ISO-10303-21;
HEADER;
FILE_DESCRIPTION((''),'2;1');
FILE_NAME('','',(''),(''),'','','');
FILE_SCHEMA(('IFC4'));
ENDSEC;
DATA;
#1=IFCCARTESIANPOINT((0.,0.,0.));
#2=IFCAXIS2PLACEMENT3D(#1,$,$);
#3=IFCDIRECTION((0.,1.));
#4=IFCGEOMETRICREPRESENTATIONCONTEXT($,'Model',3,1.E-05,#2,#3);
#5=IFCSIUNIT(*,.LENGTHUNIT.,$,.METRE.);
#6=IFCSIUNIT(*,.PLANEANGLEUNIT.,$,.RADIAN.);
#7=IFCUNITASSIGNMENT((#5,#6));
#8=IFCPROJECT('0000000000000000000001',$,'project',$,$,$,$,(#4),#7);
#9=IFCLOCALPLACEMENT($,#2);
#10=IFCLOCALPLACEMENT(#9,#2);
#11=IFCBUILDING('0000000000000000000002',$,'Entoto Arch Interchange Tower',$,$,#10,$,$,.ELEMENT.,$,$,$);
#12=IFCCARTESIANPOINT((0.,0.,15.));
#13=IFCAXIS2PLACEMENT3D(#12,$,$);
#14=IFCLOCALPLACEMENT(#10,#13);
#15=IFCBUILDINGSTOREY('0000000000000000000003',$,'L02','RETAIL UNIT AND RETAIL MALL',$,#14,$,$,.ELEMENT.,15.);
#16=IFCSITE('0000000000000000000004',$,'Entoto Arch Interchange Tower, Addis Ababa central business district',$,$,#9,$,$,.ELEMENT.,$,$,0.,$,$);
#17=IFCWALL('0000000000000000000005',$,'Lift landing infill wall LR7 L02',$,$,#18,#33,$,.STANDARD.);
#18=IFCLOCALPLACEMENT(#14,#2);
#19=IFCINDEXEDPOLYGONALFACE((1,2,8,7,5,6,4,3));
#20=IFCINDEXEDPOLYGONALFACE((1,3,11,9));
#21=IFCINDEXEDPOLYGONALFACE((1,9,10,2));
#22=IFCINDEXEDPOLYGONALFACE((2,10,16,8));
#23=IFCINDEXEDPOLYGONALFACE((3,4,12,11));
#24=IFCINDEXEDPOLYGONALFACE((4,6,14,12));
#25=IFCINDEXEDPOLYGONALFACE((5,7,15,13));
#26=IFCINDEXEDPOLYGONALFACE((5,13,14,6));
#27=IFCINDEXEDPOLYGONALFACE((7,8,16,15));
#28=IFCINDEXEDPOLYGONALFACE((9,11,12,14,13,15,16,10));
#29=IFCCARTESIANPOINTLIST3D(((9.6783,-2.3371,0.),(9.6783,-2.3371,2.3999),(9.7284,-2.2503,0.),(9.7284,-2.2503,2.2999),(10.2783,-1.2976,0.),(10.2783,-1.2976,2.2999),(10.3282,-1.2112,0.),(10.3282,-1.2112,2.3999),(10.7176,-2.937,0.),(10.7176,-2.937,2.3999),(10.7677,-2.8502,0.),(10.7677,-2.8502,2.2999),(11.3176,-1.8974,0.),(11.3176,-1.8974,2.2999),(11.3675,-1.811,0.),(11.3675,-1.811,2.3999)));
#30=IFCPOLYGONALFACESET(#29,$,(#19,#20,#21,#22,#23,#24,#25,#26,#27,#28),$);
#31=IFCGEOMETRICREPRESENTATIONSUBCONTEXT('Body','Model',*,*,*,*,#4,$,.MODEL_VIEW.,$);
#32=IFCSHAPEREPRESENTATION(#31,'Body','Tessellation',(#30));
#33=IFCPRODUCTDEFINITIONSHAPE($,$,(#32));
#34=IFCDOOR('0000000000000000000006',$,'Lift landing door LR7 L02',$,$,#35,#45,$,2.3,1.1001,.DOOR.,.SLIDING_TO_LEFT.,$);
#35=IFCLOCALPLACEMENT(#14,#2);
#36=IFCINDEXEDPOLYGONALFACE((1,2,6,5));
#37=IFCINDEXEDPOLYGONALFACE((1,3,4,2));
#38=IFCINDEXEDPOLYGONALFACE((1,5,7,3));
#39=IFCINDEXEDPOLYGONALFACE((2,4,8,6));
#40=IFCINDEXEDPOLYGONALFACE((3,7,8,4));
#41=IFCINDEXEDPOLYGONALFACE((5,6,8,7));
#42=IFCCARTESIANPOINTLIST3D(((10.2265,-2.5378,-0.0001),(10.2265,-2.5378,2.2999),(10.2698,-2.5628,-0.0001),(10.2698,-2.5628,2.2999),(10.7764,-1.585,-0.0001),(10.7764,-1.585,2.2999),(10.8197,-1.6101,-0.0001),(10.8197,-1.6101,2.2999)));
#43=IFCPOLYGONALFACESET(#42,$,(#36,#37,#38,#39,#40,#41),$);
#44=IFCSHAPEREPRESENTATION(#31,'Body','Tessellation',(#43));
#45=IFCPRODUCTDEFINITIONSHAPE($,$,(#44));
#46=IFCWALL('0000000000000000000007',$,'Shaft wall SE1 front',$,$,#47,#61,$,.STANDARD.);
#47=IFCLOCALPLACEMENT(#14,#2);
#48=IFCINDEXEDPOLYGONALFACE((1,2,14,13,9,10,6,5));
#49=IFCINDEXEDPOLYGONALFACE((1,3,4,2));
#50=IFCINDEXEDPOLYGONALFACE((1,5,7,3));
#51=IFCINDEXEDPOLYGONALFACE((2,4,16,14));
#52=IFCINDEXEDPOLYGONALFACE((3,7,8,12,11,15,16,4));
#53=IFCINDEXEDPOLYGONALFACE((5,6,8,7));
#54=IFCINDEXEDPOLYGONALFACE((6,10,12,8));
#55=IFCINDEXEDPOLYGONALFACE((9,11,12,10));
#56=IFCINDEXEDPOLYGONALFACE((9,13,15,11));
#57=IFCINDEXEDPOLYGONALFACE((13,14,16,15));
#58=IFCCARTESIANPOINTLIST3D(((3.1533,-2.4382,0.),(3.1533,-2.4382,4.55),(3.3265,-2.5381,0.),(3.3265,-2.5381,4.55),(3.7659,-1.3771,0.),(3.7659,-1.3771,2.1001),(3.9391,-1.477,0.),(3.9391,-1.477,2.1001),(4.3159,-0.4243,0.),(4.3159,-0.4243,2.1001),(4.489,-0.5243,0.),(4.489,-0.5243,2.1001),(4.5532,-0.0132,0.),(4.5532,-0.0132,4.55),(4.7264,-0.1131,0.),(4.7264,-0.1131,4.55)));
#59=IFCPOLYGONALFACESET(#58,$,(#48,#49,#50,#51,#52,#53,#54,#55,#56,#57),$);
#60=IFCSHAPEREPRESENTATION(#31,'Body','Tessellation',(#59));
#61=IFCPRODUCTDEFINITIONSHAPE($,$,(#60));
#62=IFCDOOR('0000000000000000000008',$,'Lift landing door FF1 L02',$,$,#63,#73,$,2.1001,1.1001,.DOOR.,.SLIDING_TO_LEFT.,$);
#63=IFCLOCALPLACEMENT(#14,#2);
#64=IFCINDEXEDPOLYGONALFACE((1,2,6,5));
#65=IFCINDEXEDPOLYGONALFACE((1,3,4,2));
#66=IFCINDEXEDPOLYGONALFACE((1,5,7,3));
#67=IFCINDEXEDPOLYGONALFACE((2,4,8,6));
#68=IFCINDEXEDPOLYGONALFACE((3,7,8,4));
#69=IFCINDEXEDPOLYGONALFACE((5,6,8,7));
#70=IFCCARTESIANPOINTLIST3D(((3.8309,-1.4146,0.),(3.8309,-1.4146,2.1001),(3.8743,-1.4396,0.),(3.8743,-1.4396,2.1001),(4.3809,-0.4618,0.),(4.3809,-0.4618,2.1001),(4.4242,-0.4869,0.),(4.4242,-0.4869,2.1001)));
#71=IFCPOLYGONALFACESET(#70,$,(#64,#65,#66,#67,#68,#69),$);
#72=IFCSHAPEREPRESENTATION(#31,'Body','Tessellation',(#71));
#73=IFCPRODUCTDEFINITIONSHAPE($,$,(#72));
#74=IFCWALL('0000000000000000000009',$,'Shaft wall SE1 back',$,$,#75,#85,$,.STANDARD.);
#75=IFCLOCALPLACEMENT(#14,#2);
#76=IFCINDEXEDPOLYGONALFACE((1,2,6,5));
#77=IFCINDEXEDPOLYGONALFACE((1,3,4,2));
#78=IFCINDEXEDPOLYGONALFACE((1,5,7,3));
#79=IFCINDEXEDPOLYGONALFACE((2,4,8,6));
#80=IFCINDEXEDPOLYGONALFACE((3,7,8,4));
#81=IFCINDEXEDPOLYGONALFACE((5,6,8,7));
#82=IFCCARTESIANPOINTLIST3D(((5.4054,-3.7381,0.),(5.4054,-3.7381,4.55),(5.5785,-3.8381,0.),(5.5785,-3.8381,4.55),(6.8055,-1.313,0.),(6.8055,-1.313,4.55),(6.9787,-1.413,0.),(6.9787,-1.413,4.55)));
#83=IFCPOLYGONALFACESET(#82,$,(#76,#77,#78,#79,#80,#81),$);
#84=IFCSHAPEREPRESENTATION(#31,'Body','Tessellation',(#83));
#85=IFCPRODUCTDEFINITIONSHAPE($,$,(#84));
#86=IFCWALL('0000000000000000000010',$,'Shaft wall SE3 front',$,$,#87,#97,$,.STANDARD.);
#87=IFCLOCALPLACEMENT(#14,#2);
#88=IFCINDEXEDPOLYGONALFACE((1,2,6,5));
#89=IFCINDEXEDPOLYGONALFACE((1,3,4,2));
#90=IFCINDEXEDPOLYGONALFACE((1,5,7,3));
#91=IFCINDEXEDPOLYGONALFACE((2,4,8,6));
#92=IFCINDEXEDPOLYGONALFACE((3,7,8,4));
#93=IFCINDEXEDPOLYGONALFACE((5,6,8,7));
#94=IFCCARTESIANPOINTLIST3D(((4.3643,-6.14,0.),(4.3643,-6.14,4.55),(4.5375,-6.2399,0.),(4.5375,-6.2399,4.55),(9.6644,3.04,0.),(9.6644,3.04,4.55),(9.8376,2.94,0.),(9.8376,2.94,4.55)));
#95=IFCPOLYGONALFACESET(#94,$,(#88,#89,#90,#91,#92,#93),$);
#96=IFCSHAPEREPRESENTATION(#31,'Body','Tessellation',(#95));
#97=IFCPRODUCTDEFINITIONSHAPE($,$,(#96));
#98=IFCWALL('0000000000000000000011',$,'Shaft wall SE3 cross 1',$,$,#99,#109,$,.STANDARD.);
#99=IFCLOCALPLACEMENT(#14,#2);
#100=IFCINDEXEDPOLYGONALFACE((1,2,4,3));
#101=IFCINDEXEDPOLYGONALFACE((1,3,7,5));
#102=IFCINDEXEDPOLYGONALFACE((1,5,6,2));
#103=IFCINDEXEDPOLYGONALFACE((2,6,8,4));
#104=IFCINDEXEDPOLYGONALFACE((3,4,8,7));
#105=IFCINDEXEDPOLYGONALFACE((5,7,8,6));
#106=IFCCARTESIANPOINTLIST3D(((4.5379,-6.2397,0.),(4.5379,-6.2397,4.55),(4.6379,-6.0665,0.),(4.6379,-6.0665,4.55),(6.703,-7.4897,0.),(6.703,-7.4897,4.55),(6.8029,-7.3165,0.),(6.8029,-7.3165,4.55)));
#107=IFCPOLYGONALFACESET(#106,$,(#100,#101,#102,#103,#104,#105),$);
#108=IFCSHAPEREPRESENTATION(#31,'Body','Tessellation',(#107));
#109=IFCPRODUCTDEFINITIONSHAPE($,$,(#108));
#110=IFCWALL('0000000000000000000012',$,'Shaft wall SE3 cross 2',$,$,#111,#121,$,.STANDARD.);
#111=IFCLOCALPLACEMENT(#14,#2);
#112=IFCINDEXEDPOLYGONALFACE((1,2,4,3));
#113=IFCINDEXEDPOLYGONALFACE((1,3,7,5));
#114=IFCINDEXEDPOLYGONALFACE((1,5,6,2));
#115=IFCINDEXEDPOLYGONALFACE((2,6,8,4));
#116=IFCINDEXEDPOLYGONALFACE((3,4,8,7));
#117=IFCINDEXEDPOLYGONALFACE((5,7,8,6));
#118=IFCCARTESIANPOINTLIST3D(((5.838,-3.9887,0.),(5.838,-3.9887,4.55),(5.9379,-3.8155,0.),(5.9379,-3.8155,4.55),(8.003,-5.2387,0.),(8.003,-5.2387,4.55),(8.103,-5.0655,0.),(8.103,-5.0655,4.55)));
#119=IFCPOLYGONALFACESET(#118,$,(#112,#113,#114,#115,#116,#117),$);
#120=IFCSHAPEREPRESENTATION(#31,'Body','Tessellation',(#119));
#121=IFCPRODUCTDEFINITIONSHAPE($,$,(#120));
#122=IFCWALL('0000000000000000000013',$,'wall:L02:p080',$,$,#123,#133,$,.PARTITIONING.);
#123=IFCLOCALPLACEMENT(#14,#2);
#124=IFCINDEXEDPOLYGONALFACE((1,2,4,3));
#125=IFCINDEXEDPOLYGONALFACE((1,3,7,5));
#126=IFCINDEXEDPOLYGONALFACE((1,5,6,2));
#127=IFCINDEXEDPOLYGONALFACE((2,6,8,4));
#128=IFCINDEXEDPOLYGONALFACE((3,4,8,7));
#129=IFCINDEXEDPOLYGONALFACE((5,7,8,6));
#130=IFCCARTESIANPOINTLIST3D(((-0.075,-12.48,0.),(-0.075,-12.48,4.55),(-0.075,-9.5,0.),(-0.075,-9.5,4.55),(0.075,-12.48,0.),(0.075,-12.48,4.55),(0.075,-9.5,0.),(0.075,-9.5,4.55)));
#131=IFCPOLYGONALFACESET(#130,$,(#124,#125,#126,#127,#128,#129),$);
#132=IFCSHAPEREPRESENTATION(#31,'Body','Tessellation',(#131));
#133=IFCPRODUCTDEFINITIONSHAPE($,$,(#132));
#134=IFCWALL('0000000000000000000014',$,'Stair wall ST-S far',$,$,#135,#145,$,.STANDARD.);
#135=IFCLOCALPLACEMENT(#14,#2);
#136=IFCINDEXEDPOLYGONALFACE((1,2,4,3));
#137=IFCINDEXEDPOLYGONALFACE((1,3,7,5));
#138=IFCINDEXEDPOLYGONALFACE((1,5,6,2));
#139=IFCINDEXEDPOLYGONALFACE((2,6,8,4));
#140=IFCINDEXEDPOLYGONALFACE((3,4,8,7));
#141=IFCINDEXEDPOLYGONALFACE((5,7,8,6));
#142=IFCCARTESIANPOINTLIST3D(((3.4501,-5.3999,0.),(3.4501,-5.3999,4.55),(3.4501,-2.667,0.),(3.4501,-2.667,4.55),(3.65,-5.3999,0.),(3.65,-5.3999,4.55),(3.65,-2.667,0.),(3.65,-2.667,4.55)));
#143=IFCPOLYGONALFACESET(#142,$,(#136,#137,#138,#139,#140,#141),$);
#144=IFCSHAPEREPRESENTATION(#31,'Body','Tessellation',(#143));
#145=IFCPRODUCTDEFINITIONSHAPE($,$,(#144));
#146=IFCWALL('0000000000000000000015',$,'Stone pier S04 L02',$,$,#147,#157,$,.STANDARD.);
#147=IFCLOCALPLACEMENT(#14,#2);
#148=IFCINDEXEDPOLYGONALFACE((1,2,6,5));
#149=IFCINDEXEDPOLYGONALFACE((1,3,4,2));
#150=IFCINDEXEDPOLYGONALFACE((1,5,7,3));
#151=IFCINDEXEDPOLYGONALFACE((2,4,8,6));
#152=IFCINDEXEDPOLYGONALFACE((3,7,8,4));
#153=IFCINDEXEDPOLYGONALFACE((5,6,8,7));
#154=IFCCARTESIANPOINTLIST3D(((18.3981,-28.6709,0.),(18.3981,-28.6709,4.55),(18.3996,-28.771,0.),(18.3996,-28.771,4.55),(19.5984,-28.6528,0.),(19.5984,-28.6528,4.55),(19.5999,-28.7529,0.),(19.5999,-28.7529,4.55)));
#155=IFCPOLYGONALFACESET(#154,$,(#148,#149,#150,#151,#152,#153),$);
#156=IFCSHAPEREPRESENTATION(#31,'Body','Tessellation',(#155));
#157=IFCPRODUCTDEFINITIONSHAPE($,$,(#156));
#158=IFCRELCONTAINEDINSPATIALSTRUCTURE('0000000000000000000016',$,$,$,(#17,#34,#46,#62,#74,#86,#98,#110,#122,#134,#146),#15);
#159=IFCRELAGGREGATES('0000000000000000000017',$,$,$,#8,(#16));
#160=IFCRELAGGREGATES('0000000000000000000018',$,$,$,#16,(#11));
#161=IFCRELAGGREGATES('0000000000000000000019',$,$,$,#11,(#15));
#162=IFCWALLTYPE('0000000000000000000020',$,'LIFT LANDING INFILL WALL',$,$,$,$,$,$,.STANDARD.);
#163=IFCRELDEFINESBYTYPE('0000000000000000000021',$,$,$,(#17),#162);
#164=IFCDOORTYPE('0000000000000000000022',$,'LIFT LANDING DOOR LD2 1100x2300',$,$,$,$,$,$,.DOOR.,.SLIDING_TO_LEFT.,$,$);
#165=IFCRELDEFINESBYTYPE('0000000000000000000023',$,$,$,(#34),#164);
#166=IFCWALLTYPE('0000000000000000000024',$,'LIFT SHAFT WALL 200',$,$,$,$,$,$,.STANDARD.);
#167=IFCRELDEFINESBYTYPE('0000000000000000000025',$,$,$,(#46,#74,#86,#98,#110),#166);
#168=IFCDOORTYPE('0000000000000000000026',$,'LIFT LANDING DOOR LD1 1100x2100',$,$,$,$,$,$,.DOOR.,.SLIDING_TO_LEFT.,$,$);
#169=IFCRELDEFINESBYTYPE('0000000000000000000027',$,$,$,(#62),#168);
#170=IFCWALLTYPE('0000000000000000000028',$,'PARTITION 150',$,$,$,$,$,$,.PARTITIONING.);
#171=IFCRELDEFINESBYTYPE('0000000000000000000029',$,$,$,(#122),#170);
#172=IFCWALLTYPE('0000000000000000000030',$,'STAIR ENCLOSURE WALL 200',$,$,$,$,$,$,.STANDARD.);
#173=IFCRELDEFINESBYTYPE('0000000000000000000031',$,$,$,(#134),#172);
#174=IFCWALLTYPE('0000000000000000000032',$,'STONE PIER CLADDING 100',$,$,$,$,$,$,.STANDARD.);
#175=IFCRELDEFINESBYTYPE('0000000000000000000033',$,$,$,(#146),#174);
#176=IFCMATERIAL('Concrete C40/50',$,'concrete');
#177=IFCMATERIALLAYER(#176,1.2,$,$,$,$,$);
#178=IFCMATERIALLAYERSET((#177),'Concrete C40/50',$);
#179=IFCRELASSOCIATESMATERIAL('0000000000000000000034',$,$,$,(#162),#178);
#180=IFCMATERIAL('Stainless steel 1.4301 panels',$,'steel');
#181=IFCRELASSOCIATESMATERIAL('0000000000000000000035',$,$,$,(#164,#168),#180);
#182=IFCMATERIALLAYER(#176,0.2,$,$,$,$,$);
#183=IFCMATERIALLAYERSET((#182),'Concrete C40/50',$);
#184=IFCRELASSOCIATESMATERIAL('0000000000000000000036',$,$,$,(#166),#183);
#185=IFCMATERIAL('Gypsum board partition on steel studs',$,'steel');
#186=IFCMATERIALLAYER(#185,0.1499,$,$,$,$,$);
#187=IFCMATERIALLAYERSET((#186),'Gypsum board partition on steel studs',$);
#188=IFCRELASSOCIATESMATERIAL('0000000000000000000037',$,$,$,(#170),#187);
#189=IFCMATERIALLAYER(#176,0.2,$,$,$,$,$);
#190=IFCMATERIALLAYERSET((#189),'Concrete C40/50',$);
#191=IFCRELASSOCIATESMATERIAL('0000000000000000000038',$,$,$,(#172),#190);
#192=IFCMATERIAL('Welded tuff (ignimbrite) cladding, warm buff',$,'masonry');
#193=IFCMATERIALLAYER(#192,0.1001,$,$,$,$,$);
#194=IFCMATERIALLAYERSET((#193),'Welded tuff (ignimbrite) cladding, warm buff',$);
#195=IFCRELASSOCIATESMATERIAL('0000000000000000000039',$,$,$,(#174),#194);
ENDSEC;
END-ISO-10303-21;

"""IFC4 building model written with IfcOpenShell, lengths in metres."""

from ifc_helpers import new_model, si_unit, direction, frame, frame_2d, origin, place, context, subcontext, project, spatial, rectangle, extrude, material, layer, layer_set, type_object, element, fill, save


model = new_model("IFC4")

# Units and contexts
model_context = context("Model", 3, precision=1e-05, world=origin(), true_north=direction((0.0, 1.0)))
body_context = subcontext(model_context, "Body", "Model", "MODEL_VIEW")
ifc_project = project(units=[si_unit("LENGTHUNIT", "METRE"), si_unit("PLANEANGLEUNIT", "RADIAN")], contexts=[model_context])

# Site, building, storey
site_placement = place(None, origin())
site = spatial("IfcSite", under=ifc_project, at=site_placement, Name="Entoto Arch Interchange Tower, Addis Ababa central business district", CompositionType="ELEMENT", RefElevation=0.0)
building_placement = place(site_placement, origin())
building = spatial("IfcBuilding", under=site, at=building_placement, Name="Entoto Arch Interchange Tower", CompositionType="ELEMENT")
storey_placement = place(building_placement, frame((0.0, 0.0, 15.0)))
storey = spatial("IfcBuildingStorey", under=building, at=storey_placement, Name="L02", Description="RETAIL UNIT AND RETAIL MALL", CompositionType="ELEMENT", Elevation=15.0)

# Walls, openings, doors
ifc_material_1 = material(Name="Concrete C40/50", Category="concrete")
ifc_layer_1 = layer(ifc_material_1, 1.2)
ifc_layer_set_1 = layer_set([ifc_layer_1], Name="Concrete C40/50")
wall_type_1 = type_object("IfcWallType", Name="LIFT LANDING INFILL WALL", PredefinedType="STANDARD", material=ifc_layer_set_1)
ifc_material_2 = material(Name="Stainless steel 1.4301 panels", Category="steel")
door_type_1 = type_object("IfcDoorType", Name="LIFT LANDING DOOR LD2 1100x2300", OperationType="SLIDING_TO_LEFT", PredefinedType="DOOR", material=ifc_material_2)
wall_1_placement = place(storey_placement, frame((10.198, -2.637, 0.0), z_axis=(0.0, 0.0, 1.0), x_axis=(0.499896, 0.866086, 0.0)))
wall_1 = element("IfcWall", 1, at=wall_1_placement, inside=storey, type_object=wall_type_1, Name="Lift landing infill wall LR7 L02", PredefinedType="STANDARD", context=body_context, shape_type="SweptSolid", body=[
    extrude(rectangle(XDim=1.3, YDim=1.2, at=frame_2d((0.6499, 0.0))), origin(), (0.0, 0.0, 1.0), 2.3999),
])
opening_1_placement = place(wall_1_placement, frame((0.1001, 0.0, 0.0)))
opening_1 = element("IfcOpeningElement", 2, at=opening_1_placement, cuts=wall_1, PredefinedType="OPENING", context=body_context, shape_type="SweptSolid", body=[
    extrude(rectangle(XDim=1.1001, YDim=2.3, at=frame_2d((0.55, 1.1499))), frame((0.0, 0.6099, 0.0), z_axis=(0.0, -1.0, 0.0), x_axis=(1.0, 0.0, 0.0)), (0.0, 0.0, 1.0), 1.22),
])
door_1_placement = place(opening_1_placement, origin())
door_1 = element("IfcDoor", 3, at=door_1_placement, inside=storey, type_object=door_type_1, Name="Lift landing door LR7 L02", OperationType="SLIDING_TO_LEFT", OverallHeight=2.3, OverallWidth=1.1001, PredefinedType="DOOR", context=body_context, shape_type="SweptSolid", body=[
    extrude(rectangle(XDim=1.1001, YDim=2.3, at=frame_2d((0.55, 1.1499))), frame((0.0, 0.0249, 0.0), z_axis=(0.0, -1.0, 0.0), x_axis=(1.0, 0.0, 0.0)), (0.0, 0.0, 1.0), 0.05),
])
fill(opening_1, door_1)
ifc_layer_2 = layer(ifc_material_1, 0.2)
ifc_layer_set_2 = layer_set([ifc_layer_2], Name="Concrete C40/50")
wall_type_2 = type_object("IfcWallType", Name="LIFT SHAFT WALL 200", PredefinedType="STANDARD", material=ifc_layer_set_2)
wall_2_placement = place(storey_placement, frame((3.24, -2.488, 0.0), z_axis=(0.0, 0.0, 1.0), x_axis=(0.499946, 0.866056, 0.0)))
wall_2 = element("IfcWall", 4, at=wall_2_placement, inside=storey, type_object=wall_type_2, Name="Shaft wall SE1 front", PredefinedType="STANDARD", context=body_context, shape_type="SweptSolid", body=[
    extrude(rectangle(XDim=2.8, YDim=0.2, at=frame_2d((1.3999, 0.0))), origin(), (0.0, 0.0, 1.0), 4.55),
])
opening_2_placement = place(wall_2_placement, frame((1.2251, 0.0, 0.0)))
opening_2 = element("IfcOpeningElement", 5, at=opening_2_placement, cuts=wall_2, PredefinedType="OPENING", context=body_context, shape_type="SweptSolid", body=[
    extrude(rectangle(XDim=1.1001, YDim=2.1001, at=frame_2d((0.55, 1.05))), frame((0.0, 0.1099, 0.0), z_axis=(0.0, -1.0, 0.0), x_axis=(1.0, 0.0, 0.0)), (0.0, 0.0, 1.0), 0.22),
])
door_type_2 = type_object("IfcDoorType", Name="LIFT LANDING DOOR LD1 1100x2100", OperationType="SLIDING_TO_LEFT", PredefinedType="DOOR", material=ifc_material_2)
door_2_placement = place(opening_2_placement, origin())
door_2 = element("IfcDoor", 6, at=door_2_placement, inside=storey, type_object=door_type_2, Name="Lift landing door FF1 L02", OperationType="SLIDING_TO_LEFT", OverallHeight=2.1001, OverallWidth=1.1001, PredefinedType="DOOR", context=body_context, shape_type="SweptSolid", body=[
    extrude(rectangle(XDim=1.1001, YDim=2.1001, at=frame_2d((0.55, 1.05))), frame((0.0, 0.0249, 0.0), z_axis=(0.0, -1.0, 0.0), x_axis=(1.0, 0.0, 0.0)), (0.0, 0.0, 1.0), 0.05),
])
fill(opening_2, door_2)

# Walls
wall_3_placement = place(storey_placement, frame((5.4919, -3.7881, 0.0), z_axis=(0.0, 0.0, 1.0), x_axis=(0.500012, 0.866019, 0.0)))
element("IfcWall", 7, at=wall_3_placement, inside=storey, type_object=wall_type_2, Name="Shaft wall SE1 back", PredefinedType="STANDARD", context=body_context, shape_type="SweptSolid", body=[
    extrude(rectangle(XDim=2.8003, YDim=0.2, at=frame_2d((1.4001, 0.0))), origin(), (0.0, 0.0, 1.0), 4.55),
])
wall_4_placement = place(storey_placement, frame((4.4509, -6.1899, 0.0), z_axis=(0.0, 0.0, 1.0), x_axis=(0.500001, 0.866025, 0.0)))
element("IfcWall", 8, at=wall_4_placement, inside=storey, type_object=wall_type_2, Name="Shaft wall SE3 front", PredefinedType="STANDARD", context=body_context, shape_type="SweptSolid", body=[
    extrude(rectangle(XDim=10.6001, YDim=0.2, at=frame_2d((5.3, 0.0))), origin(), (0.0, 0.0, 1.0), 4.55),
])
for number, where, z_axis, x_axis, name in (
    (9, (4.5879, -6.1531, 0.0), (0.0, 0.0, 1.0), (0.866023, -0.500004, 0.0), "Shaft wall SE3 cross 1"),
    (10, (5.8879, -3.9021, 0.0), (0.0, 0.0, 1.0), (0.866023, -0.500004, 0.0), "Shaft wall SE3 cross 2"),
):
    element("IfcWall", number, at=place(storey_placement, frame(where, z_axis=z_axis, x_axis=x_axis)), inside=storey, type_object=wall_type_2, Name=name, PredefinedType="STANDARD", context=body_context, shape_type="SweptSolid", body=[
        extrude(rectangle(XDim=2.5, YDim=0.2, at=frame_2d((1.25, 0.0))), origin(), (0.0, 0.0, 1.0), 4.55),
    ])
ifc_material_3 = material(Name="Gypsum board partition on steel studs", Category="steel")
ifc_layer_3 = layer(ifc_material_3, 0.1499)
ifc_layer_set_3 = layer_set([ifc_layer_3], Name="Gypsum board partition on steel studs")
wall_type_3 = type_object("IfcWallType", Name="PARTITION 150", PredefinedType="PARTITIONING", material=ifc_layer_set_3)
wall_5_placement = place(storey_placement, frame((0.0, -9.5, 0.0), z_axis=(0.0, 0.0, 1.0), x_axis=(0.0, -1.0, 0.0)))
element("IfcWall", 11, at=wall_5_placement, inside=storey, type_object=wall_type_3, Name="wall:L02:p080", PredefinedType="PARTITIONING", context=body_context, shape_type="SweptSolid", body=[
    extrude(rectangle(XDim=2.98, YDim=0.1499, at=frame_2d((1.49, 0.0))), origin(), (0.0, 0.0, 1.0), 4.55),
])
ifc_layer_4 = layer(ifc_material_1, 0.2)
ifc_layer_set_4 = layer_set([ifc_layer_4], Name="Concrete C40/50")
wall_type_4 = type_object("IfcWallType", Name="STAIR ENCLOSURE WALL 200", PredefinedType="STANDARD", material=ifc_layer_set_4)
wall_6_placement = place(storey_placement, frame((3.55, -2.667, 0.0), z_axis=(0.0, 0.0, 1.0), x_axis=(0.0, -1.0, 0.0)))
element("IfcWall", 12, at=wall_6_placement, inside=storey, type_object=wall_type_4, Name="Stair wall ST-S far", PredefinedType="STANDARD", context=body_context, shape_type="SweptSolid", body=[
    extrude(rectangle(XDim=2.7329, YDim=0.2, at=frame_2d((1.3665, 0.0))), origin(), (0.0, 0.0, 1.0), 4.55),
])
ifc_material_4 = material(Name="Welded tuff (ignimbrite) cladding, warm buff", Category="masonry")
ifc_layer_5 = layer(ifc_material_4, 0.1001)
ifc_layer_set_5 = layer_set([ifc_layer_5], Name="Welded tuff (ignimbrite) cladding, warm buff")
wall_type_5 = type_object("IfcWallType", Name="STONE PIER CLADDING 100", PredefinedType="STANDARD", material=ifc_layer_set_5)
wall_7_placement = place(storey_placement, frame((18.3989, -28.7209, 0.0), z_axis=(0.0, 0.0, 1.0), x_axis=(0.999887, 0.015051, 0.0)))
element("IfcWall", 13, at=wall_7_placement, inside=storey, type_object=wall_type_5, Name="Stone pier S04 L02", PredefinedType="STANDARD", context=body_context, shape_type="SweptSolid", body=[
    extrude(rectangle(XDim=1.2004, YDim=0.1001, at=frame_2d((0.6001, 0.0))), origin(), (0.0, 0.0, 1.0), 4.55),
])

save(model, "model.ifc")
